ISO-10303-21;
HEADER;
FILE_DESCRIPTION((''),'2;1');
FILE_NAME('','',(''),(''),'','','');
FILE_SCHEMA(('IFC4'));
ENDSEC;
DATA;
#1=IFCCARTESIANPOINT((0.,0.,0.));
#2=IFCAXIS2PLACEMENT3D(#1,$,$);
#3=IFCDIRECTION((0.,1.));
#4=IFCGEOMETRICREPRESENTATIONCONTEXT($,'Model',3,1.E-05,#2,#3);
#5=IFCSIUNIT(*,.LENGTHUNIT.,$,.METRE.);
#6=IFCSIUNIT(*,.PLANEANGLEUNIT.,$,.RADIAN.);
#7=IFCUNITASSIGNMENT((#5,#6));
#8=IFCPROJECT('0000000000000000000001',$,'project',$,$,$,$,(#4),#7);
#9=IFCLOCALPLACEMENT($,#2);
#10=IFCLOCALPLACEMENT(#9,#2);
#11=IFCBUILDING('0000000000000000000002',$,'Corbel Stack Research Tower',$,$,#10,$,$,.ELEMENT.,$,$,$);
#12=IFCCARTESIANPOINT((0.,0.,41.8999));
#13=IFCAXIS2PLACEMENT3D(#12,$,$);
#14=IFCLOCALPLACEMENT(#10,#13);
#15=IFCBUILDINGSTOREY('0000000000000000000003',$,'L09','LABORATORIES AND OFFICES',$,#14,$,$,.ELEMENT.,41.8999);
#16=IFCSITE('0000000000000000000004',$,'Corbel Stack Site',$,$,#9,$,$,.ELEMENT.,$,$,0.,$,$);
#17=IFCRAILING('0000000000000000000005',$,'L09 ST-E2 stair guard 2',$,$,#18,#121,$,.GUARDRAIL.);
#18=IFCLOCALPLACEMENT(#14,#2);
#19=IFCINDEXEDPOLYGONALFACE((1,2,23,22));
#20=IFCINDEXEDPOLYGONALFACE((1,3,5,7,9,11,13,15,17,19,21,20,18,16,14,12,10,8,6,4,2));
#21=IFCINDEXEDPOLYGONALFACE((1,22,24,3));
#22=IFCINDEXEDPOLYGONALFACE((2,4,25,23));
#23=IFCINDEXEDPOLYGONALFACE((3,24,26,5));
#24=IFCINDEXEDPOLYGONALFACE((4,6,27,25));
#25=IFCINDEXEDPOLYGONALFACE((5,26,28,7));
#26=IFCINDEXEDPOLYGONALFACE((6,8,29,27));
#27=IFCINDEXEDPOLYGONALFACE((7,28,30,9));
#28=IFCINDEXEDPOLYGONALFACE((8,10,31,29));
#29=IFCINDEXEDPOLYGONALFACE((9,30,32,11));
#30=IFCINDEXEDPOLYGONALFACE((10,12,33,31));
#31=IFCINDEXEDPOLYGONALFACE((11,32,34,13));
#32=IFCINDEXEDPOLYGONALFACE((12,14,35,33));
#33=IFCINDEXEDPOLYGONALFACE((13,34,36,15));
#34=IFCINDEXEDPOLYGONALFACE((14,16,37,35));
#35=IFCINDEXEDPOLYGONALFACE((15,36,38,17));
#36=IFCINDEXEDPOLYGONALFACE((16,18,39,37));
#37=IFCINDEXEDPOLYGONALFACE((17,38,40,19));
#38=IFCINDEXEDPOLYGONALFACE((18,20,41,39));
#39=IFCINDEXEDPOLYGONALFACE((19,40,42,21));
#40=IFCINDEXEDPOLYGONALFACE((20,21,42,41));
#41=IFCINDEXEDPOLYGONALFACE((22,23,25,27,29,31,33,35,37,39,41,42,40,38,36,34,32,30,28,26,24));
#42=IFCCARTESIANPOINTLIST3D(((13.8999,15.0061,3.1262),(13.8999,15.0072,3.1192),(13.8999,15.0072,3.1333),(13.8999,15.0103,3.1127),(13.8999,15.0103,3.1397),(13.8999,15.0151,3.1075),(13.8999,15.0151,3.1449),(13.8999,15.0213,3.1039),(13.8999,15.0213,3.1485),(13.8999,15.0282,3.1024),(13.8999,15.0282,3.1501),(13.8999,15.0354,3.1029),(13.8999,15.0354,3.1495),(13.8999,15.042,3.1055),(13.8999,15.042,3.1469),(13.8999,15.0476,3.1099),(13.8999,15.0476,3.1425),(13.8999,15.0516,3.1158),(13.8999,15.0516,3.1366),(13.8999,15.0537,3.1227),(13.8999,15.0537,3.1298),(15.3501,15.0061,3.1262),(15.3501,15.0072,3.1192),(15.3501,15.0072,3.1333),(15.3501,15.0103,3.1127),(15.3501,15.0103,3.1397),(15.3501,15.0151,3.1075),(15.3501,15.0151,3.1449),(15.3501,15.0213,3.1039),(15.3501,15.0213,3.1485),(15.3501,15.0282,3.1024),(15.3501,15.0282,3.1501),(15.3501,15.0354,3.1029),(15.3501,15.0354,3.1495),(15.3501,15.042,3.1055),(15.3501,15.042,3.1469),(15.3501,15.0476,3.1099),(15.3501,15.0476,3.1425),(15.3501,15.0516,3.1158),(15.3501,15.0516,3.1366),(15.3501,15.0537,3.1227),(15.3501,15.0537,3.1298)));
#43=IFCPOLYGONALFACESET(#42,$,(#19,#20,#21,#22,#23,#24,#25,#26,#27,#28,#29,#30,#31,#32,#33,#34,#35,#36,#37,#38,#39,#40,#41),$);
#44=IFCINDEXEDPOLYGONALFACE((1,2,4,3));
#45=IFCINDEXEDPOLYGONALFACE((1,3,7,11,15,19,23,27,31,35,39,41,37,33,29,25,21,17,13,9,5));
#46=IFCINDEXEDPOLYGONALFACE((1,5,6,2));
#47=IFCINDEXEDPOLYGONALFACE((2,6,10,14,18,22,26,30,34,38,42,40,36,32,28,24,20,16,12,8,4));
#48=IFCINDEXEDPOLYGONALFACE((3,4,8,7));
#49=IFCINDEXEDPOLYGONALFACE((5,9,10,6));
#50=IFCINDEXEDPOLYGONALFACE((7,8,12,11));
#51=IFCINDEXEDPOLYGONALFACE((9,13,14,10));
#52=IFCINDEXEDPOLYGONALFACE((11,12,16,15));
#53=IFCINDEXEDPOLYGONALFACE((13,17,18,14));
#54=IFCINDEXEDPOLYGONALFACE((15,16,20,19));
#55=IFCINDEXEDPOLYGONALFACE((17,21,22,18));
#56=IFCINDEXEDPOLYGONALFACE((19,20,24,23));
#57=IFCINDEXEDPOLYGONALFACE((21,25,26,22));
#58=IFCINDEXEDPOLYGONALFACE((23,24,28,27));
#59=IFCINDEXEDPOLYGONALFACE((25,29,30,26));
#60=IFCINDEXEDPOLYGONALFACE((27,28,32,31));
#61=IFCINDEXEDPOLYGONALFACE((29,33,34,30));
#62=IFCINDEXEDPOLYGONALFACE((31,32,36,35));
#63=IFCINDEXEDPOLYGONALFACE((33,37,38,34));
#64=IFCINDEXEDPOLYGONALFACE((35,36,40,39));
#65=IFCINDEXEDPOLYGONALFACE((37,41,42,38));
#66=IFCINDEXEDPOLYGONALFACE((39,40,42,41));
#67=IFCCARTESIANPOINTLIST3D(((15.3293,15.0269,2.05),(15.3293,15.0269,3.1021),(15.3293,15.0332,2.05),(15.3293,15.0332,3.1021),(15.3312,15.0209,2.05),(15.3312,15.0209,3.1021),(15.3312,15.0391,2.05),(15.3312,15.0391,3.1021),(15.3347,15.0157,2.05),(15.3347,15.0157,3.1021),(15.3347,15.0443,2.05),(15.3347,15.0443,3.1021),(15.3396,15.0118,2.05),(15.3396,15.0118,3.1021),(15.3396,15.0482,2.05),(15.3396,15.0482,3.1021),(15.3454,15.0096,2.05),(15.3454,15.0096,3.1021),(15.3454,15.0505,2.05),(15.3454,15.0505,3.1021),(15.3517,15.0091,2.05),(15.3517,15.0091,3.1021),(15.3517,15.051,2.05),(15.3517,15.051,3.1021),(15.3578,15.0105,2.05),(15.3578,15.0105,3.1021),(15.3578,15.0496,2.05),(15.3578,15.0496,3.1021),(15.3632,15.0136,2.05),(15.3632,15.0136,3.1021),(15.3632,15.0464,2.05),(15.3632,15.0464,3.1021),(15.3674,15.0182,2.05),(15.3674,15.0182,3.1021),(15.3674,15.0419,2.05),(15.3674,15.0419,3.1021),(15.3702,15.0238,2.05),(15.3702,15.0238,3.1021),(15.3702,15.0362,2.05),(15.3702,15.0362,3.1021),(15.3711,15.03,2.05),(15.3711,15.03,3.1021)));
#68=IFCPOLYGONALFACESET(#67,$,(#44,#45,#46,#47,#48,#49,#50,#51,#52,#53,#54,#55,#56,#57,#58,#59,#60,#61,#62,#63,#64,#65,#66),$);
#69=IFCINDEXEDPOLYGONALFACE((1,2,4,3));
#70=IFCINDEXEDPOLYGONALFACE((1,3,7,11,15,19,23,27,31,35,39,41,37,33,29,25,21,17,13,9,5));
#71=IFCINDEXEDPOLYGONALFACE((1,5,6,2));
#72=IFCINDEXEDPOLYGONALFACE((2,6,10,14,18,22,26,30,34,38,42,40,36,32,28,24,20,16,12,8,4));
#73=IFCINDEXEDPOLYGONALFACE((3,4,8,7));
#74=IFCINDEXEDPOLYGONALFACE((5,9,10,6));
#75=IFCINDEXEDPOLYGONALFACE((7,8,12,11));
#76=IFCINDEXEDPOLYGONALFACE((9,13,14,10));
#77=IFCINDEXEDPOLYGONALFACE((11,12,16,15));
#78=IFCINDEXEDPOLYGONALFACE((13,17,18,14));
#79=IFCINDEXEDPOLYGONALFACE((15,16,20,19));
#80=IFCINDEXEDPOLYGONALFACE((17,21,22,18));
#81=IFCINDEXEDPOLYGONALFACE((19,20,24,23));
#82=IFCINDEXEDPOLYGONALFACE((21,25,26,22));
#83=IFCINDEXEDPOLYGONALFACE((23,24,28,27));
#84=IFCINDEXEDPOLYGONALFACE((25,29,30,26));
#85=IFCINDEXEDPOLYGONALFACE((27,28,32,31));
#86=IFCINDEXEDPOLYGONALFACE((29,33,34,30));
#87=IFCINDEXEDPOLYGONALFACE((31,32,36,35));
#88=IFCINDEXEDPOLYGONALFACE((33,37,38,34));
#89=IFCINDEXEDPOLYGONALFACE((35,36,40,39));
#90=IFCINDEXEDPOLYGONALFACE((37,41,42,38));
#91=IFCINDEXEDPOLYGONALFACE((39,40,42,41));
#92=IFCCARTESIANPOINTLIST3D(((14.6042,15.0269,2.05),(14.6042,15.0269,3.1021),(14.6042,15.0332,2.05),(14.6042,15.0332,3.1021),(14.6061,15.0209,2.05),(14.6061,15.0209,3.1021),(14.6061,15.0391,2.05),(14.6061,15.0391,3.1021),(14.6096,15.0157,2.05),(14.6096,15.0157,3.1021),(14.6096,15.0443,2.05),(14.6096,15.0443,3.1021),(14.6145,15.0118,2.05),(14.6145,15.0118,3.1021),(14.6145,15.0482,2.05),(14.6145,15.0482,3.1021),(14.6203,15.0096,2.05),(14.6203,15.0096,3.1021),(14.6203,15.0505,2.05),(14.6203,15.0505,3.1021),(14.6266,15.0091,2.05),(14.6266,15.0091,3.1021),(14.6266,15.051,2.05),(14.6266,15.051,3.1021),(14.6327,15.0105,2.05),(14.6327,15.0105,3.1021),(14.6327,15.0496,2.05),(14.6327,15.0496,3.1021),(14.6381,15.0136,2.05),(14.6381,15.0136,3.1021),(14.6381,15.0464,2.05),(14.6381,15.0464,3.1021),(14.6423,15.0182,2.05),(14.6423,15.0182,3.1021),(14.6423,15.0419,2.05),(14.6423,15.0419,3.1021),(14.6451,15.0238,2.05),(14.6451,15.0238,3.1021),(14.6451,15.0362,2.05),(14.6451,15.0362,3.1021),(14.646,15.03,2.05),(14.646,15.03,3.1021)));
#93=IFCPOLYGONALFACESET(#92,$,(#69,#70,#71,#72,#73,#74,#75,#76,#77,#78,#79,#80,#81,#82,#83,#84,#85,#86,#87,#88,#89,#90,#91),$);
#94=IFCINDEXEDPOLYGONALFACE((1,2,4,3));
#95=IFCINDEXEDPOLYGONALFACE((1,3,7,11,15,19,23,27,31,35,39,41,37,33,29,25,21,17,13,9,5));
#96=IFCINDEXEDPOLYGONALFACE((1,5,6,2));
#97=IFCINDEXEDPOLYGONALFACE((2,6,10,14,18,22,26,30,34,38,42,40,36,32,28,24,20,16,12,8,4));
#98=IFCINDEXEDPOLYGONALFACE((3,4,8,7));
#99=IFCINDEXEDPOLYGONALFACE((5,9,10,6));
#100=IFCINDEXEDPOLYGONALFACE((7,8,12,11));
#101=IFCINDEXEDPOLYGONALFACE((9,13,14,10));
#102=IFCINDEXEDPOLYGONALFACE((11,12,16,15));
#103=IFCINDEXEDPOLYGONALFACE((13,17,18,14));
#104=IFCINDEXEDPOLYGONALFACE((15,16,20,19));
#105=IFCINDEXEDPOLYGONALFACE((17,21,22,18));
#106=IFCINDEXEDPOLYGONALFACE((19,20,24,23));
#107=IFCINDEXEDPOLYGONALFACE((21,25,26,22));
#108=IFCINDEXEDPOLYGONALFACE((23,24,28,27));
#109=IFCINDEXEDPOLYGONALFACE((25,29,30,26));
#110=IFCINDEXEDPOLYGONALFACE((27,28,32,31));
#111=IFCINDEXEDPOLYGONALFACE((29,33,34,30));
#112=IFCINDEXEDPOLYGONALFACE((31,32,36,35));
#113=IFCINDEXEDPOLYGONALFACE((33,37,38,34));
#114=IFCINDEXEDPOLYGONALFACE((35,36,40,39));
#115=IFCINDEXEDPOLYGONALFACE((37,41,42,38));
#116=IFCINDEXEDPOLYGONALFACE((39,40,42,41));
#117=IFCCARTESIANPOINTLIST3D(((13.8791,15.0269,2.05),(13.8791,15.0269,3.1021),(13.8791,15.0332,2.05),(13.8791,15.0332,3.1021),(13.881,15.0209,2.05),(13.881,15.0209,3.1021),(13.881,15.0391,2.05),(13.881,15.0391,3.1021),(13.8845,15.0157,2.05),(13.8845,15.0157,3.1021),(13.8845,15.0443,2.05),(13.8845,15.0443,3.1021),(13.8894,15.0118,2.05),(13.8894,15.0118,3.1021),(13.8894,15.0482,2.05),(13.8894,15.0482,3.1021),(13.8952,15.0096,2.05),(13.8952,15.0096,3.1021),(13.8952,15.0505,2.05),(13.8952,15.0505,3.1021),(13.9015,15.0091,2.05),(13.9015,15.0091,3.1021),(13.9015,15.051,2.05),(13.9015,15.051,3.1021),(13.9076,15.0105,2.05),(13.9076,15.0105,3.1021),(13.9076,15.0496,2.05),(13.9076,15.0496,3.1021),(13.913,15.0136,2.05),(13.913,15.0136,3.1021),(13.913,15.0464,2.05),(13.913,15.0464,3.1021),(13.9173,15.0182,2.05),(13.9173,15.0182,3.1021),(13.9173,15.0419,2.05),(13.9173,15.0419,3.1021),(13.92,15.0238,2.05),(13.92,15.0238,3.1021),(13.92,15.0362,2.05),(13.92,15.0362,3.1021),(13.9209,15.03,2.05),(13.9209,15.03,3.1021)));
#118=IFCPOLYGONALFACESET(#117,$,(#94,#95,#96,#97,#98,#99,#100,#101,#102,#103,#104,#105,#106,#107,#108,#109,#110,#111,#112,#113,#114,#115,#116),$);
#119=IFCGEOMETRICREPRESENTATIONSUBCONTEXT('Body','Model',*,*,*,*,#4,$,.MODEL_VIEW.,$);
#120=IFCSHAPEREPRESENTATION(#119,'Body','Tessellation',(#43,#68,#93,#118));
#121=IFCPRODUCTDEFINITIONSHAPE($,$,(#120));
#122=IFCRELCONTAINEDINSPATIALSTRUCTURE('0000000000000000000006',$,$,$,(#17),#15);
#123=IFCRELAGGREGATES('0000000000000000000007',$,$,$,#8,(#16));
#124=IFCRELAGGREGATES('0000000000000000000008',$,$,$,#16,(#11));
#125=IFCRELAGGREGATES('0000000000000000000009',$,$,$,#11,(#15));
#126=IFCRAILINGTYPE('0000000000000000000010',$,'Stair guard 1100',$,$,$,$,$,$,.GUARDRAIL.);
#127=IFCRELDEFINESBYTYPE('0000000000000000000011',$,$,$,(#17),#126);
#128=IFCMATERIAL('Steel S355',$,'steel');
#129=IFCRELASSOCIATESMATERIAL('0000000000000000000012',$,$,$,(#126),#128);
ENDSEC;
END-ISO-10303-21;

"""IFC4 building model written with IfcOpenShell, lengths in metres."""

from ifc_helpers import new_model, si_unit, direction, frame, origin, origin_2d, place, context, subcontext, project, spatial, circle, extrude, material, type_object, element, save


model = new_model("IFC4")

# Units and contexts
model_context = context("Model", 3, precision=1e-05, world=origin(), true_north=direction((0.0, 1.0)))
body_context = subcontext(model_context, "Body", "Model", "MODEL_VIEW")
ifc_project = project(units=[si_unit("LENGTHUNIT", "METRE"), si_unit("PLANEANGLEUNIT", "RADIAN")], contexts=[model_context])

# Site, building, storey
site_placement = place(None, origin())
site = spatial("IfcSite", under=ifc_project, at=site_placement, Name="Corbel Stack Site", CompositionType="ELEMENT", RefElevation=0.0)
building_placement = place(site_placement, origin())
building = spatial("IfcBuilding", under=site, at=building_placement, Name="Corbel Stack Research Tower", CompositionType="ELEMENT")
storey_placement = place(building_placement, frame((0.0, 0.0, 41.8999)))
storey = spatial("IfcBuildingStorey", under=building, at=storey_placement, Name="L09", Description="LABORATORIES AND OFFICES", CompositionType="ELEMENT", Elevation=41.8999)

# Railing
ifc_material_1 = material(Name="Steel S355", Category="steel")
railing_type_1 = type_object("IfcRailingType", Name="Stair guard 1100", PredefinedType="GUARDRAIL", material=ifc_material_1)
railing_1_placement = place(storey_placement, frame((15.3501, 15.03, 2.05)))
element("IfcRailing", 1, at=railing_1_placement, inside=storey, type_object=railing_type_1, Name="L09 ST-E2 stair guard 2", PredefinedType="GUARDRAIL", context=body_context, shape_type="SweptSolid", body=[
    extrude(circle(Radius=0.0239, at=origin_2d()), frame((0.0, 0.0, 1.0762), z_axis=(-1.0, 0.0, 0.0), x_axis=(0.0, -1.0, 0.0)), (0.0, 0.0, 1.0), 1.4502),
    extrude(circle(Radius=0.021, at=origin_2d()), origin(), (0.0, 0.0, 1.0), 1.052),
    extrude(circle(Radius=0.021, at=origin_2d()), frame((-0.7251, 0.0, 0.0)), (0.0, 0.0, 1.0), 1.052),
    extrude(circle(Radius=0.021, at=origin_2d()), frame((-1.4502, 0.0, 0.0)), (0.0, 0.0, 1.0), 1.052),
])

save(model, "model.ifc")
